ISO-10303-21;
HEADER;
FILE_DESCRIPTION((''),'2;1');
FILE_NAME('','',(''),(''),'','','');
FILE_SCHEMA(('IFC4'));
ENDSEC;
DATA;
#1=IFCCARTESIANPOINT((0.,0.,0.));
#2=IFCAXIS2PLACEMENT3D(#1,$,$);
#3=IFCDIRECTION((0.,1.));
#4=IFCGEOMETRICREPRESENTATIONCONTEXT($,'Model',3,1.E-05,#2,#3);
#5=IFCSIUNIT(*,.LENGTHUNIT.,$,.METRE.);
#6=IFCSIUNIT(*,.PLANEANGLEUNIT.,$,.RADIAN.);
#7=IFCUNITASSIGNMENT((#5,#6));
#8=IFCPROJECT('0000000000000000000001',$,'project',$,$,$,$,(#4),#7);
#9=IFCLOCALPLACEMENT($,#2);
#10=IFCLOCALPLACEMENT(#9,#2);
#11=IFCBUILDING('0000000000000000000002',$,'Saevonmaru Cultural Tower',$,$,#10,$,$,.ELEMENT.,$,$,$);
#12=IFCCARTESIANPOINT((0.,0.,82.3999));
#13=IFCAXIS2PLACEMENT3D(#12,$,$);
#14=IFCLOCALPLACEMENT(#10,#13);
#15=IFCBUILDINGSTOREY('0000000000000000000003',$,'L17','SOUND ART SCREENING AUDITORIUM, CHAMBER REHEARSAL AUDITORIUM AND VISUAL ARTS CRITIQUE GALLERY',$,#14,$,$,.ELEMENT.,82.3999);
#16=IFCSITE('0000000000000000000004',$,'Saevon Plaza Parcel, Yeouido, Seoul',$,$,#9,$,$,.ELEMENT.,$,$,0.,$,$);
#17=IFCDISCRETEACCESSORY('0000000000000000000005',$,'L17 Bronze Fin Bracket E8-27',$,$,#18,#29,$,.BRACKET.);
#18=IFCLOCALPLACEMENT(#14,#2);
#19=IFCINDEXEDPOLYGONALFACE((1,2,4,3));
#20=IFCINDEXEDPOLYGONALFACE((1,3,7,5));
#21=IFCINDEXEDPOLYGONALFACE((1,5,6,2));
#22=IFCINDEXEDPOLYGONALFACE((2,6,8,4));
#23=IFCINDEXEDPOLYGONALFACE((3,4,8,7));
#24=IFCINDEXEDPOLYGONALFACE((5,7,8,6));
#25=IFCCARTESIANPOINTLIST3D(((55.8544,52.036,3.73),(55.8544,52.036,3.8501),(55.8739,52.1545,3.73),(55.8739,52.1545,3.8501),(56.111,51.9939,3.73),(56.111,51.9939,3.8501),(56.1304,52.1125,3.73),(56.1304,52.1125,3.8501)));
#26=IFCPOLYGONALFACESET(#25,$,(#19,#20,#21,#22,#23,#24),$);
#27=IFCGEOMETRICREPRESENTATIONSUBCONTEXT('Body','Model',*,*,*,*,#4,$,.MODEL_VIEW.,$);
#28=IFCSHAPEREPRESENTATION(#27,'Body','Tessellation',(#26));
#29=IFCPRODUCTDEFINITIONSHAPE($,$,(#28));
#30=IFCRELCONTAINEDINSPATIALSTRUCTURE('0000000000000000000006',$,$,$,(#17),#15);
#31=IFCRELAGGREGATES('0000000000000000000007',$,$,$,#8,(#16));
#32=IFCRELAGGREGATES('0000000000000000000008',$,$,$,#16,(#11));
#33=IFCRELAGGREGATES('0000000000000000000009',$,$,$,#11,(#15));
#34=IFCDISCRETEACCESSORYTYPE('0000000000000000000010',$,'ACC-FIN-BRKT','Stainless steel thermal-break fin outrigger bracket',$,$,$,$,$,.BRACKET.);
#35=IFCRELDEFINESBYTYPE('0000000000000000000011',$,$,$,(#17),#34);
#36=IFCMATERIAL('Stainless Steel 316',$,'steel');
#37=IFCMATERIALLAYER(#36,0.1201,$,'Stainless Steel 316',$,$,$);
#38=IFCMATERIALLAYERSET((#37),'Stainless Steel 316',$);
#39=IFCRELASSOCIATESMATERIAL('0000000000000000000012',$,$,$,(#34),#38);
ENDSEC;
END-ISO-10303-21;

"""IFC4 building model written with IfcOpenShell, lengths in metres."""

from ifc_helpers import new_model, si_unit, direction, frame, origin, origin_2d, place, context, subcontext, project, spatial, rectangle, extrude, material, layer, layer_set, type_object, element, save


model = new_model("IFC4")

# Units and contexts
model_context = context("Model", 3, precision=1e-05, world=origin(), true_north=direction((0.0, 1.0)))
body_context = subcontext(model_context, "Body", "Model", "MODEL_VIEW")
ifc_project = project(units=[si_unit("LENGTHUNIT", "METRE"), si_unit("PLANEANGLEUNIT", "RADIAN")], contexts=[model_context])

# Site, building, storey
site_placement = place(None, origin())
site = spatial("IfcSite", under=ifc_project, at=site_placement, Name="Saevon Plaza Parcel, Yeouido, Seoul", CompositionType="ELEMENT", RefElevation=0.0)
building_placement = place(site_placement, origin())
building = spatial("IfcBuilding", under=site, at=building_placement, Name="Saevonmaru Cultural Tower", CompositionType="ELEMENT")
storey_placement = place(building_placement, frame((0.0, 0.0, 82.3999)))
storey = spatial("IfcBuildingStorey", under=building, at=storey_placement, Name="L17", Description="SOUND ART SCREENING AUDITORIUM, CHAMBER REHEARSAL AUDITORIUM AND VISUAL ARTS CRITIQUE GALLERY", CompositionType="ELEMENT", Elevation=82.3999)

# Discrete accessory
ifc_material_1 = material(Name="Stainless Steel 316", Category="steel")
ifc_layer_1 = layer(ifc_material_1, 0.1201, Name="Stainless Steel 316")
ifc_layer_set_1 = layer_set([ifc_layer_1], Name="Stainless Steel 316")
discrete_accessory_type = type_object("IfcDiscreteAccessoryType", Name="ACC-FIN-BRKT", Description="Stainless steel thermal-break fin outrigger bracket", PredefinedType="BRACKET", material=ifc_layer_set_1)
for number, where, z_axis, x_axis, name in (
    (1, (55.9924, 52.0742, 3.73), (0.0, 0.0, 1.0), (0.986827, -0.161776, 0.0), "L17 Bronze Fin Bracket E8-27"),
):
    element("IfcDiscreteAccessory", number, at=place(storey_placement, frame(where, z_axis=z_axis, x_axis=x_axis)), inside=storey, type_object=discrete_accessory_type, Name=name, PredefinedType="BRACKET", context=body_context, shape_type="SweptSolid", body=[
        extrude(rectangle(XDim=0.26, YDim=0.1201, at=origin_2d()), origin(), (0.0, 0.0, 1.0), 0.1201),
    ])

save(model, "model.ifc")
